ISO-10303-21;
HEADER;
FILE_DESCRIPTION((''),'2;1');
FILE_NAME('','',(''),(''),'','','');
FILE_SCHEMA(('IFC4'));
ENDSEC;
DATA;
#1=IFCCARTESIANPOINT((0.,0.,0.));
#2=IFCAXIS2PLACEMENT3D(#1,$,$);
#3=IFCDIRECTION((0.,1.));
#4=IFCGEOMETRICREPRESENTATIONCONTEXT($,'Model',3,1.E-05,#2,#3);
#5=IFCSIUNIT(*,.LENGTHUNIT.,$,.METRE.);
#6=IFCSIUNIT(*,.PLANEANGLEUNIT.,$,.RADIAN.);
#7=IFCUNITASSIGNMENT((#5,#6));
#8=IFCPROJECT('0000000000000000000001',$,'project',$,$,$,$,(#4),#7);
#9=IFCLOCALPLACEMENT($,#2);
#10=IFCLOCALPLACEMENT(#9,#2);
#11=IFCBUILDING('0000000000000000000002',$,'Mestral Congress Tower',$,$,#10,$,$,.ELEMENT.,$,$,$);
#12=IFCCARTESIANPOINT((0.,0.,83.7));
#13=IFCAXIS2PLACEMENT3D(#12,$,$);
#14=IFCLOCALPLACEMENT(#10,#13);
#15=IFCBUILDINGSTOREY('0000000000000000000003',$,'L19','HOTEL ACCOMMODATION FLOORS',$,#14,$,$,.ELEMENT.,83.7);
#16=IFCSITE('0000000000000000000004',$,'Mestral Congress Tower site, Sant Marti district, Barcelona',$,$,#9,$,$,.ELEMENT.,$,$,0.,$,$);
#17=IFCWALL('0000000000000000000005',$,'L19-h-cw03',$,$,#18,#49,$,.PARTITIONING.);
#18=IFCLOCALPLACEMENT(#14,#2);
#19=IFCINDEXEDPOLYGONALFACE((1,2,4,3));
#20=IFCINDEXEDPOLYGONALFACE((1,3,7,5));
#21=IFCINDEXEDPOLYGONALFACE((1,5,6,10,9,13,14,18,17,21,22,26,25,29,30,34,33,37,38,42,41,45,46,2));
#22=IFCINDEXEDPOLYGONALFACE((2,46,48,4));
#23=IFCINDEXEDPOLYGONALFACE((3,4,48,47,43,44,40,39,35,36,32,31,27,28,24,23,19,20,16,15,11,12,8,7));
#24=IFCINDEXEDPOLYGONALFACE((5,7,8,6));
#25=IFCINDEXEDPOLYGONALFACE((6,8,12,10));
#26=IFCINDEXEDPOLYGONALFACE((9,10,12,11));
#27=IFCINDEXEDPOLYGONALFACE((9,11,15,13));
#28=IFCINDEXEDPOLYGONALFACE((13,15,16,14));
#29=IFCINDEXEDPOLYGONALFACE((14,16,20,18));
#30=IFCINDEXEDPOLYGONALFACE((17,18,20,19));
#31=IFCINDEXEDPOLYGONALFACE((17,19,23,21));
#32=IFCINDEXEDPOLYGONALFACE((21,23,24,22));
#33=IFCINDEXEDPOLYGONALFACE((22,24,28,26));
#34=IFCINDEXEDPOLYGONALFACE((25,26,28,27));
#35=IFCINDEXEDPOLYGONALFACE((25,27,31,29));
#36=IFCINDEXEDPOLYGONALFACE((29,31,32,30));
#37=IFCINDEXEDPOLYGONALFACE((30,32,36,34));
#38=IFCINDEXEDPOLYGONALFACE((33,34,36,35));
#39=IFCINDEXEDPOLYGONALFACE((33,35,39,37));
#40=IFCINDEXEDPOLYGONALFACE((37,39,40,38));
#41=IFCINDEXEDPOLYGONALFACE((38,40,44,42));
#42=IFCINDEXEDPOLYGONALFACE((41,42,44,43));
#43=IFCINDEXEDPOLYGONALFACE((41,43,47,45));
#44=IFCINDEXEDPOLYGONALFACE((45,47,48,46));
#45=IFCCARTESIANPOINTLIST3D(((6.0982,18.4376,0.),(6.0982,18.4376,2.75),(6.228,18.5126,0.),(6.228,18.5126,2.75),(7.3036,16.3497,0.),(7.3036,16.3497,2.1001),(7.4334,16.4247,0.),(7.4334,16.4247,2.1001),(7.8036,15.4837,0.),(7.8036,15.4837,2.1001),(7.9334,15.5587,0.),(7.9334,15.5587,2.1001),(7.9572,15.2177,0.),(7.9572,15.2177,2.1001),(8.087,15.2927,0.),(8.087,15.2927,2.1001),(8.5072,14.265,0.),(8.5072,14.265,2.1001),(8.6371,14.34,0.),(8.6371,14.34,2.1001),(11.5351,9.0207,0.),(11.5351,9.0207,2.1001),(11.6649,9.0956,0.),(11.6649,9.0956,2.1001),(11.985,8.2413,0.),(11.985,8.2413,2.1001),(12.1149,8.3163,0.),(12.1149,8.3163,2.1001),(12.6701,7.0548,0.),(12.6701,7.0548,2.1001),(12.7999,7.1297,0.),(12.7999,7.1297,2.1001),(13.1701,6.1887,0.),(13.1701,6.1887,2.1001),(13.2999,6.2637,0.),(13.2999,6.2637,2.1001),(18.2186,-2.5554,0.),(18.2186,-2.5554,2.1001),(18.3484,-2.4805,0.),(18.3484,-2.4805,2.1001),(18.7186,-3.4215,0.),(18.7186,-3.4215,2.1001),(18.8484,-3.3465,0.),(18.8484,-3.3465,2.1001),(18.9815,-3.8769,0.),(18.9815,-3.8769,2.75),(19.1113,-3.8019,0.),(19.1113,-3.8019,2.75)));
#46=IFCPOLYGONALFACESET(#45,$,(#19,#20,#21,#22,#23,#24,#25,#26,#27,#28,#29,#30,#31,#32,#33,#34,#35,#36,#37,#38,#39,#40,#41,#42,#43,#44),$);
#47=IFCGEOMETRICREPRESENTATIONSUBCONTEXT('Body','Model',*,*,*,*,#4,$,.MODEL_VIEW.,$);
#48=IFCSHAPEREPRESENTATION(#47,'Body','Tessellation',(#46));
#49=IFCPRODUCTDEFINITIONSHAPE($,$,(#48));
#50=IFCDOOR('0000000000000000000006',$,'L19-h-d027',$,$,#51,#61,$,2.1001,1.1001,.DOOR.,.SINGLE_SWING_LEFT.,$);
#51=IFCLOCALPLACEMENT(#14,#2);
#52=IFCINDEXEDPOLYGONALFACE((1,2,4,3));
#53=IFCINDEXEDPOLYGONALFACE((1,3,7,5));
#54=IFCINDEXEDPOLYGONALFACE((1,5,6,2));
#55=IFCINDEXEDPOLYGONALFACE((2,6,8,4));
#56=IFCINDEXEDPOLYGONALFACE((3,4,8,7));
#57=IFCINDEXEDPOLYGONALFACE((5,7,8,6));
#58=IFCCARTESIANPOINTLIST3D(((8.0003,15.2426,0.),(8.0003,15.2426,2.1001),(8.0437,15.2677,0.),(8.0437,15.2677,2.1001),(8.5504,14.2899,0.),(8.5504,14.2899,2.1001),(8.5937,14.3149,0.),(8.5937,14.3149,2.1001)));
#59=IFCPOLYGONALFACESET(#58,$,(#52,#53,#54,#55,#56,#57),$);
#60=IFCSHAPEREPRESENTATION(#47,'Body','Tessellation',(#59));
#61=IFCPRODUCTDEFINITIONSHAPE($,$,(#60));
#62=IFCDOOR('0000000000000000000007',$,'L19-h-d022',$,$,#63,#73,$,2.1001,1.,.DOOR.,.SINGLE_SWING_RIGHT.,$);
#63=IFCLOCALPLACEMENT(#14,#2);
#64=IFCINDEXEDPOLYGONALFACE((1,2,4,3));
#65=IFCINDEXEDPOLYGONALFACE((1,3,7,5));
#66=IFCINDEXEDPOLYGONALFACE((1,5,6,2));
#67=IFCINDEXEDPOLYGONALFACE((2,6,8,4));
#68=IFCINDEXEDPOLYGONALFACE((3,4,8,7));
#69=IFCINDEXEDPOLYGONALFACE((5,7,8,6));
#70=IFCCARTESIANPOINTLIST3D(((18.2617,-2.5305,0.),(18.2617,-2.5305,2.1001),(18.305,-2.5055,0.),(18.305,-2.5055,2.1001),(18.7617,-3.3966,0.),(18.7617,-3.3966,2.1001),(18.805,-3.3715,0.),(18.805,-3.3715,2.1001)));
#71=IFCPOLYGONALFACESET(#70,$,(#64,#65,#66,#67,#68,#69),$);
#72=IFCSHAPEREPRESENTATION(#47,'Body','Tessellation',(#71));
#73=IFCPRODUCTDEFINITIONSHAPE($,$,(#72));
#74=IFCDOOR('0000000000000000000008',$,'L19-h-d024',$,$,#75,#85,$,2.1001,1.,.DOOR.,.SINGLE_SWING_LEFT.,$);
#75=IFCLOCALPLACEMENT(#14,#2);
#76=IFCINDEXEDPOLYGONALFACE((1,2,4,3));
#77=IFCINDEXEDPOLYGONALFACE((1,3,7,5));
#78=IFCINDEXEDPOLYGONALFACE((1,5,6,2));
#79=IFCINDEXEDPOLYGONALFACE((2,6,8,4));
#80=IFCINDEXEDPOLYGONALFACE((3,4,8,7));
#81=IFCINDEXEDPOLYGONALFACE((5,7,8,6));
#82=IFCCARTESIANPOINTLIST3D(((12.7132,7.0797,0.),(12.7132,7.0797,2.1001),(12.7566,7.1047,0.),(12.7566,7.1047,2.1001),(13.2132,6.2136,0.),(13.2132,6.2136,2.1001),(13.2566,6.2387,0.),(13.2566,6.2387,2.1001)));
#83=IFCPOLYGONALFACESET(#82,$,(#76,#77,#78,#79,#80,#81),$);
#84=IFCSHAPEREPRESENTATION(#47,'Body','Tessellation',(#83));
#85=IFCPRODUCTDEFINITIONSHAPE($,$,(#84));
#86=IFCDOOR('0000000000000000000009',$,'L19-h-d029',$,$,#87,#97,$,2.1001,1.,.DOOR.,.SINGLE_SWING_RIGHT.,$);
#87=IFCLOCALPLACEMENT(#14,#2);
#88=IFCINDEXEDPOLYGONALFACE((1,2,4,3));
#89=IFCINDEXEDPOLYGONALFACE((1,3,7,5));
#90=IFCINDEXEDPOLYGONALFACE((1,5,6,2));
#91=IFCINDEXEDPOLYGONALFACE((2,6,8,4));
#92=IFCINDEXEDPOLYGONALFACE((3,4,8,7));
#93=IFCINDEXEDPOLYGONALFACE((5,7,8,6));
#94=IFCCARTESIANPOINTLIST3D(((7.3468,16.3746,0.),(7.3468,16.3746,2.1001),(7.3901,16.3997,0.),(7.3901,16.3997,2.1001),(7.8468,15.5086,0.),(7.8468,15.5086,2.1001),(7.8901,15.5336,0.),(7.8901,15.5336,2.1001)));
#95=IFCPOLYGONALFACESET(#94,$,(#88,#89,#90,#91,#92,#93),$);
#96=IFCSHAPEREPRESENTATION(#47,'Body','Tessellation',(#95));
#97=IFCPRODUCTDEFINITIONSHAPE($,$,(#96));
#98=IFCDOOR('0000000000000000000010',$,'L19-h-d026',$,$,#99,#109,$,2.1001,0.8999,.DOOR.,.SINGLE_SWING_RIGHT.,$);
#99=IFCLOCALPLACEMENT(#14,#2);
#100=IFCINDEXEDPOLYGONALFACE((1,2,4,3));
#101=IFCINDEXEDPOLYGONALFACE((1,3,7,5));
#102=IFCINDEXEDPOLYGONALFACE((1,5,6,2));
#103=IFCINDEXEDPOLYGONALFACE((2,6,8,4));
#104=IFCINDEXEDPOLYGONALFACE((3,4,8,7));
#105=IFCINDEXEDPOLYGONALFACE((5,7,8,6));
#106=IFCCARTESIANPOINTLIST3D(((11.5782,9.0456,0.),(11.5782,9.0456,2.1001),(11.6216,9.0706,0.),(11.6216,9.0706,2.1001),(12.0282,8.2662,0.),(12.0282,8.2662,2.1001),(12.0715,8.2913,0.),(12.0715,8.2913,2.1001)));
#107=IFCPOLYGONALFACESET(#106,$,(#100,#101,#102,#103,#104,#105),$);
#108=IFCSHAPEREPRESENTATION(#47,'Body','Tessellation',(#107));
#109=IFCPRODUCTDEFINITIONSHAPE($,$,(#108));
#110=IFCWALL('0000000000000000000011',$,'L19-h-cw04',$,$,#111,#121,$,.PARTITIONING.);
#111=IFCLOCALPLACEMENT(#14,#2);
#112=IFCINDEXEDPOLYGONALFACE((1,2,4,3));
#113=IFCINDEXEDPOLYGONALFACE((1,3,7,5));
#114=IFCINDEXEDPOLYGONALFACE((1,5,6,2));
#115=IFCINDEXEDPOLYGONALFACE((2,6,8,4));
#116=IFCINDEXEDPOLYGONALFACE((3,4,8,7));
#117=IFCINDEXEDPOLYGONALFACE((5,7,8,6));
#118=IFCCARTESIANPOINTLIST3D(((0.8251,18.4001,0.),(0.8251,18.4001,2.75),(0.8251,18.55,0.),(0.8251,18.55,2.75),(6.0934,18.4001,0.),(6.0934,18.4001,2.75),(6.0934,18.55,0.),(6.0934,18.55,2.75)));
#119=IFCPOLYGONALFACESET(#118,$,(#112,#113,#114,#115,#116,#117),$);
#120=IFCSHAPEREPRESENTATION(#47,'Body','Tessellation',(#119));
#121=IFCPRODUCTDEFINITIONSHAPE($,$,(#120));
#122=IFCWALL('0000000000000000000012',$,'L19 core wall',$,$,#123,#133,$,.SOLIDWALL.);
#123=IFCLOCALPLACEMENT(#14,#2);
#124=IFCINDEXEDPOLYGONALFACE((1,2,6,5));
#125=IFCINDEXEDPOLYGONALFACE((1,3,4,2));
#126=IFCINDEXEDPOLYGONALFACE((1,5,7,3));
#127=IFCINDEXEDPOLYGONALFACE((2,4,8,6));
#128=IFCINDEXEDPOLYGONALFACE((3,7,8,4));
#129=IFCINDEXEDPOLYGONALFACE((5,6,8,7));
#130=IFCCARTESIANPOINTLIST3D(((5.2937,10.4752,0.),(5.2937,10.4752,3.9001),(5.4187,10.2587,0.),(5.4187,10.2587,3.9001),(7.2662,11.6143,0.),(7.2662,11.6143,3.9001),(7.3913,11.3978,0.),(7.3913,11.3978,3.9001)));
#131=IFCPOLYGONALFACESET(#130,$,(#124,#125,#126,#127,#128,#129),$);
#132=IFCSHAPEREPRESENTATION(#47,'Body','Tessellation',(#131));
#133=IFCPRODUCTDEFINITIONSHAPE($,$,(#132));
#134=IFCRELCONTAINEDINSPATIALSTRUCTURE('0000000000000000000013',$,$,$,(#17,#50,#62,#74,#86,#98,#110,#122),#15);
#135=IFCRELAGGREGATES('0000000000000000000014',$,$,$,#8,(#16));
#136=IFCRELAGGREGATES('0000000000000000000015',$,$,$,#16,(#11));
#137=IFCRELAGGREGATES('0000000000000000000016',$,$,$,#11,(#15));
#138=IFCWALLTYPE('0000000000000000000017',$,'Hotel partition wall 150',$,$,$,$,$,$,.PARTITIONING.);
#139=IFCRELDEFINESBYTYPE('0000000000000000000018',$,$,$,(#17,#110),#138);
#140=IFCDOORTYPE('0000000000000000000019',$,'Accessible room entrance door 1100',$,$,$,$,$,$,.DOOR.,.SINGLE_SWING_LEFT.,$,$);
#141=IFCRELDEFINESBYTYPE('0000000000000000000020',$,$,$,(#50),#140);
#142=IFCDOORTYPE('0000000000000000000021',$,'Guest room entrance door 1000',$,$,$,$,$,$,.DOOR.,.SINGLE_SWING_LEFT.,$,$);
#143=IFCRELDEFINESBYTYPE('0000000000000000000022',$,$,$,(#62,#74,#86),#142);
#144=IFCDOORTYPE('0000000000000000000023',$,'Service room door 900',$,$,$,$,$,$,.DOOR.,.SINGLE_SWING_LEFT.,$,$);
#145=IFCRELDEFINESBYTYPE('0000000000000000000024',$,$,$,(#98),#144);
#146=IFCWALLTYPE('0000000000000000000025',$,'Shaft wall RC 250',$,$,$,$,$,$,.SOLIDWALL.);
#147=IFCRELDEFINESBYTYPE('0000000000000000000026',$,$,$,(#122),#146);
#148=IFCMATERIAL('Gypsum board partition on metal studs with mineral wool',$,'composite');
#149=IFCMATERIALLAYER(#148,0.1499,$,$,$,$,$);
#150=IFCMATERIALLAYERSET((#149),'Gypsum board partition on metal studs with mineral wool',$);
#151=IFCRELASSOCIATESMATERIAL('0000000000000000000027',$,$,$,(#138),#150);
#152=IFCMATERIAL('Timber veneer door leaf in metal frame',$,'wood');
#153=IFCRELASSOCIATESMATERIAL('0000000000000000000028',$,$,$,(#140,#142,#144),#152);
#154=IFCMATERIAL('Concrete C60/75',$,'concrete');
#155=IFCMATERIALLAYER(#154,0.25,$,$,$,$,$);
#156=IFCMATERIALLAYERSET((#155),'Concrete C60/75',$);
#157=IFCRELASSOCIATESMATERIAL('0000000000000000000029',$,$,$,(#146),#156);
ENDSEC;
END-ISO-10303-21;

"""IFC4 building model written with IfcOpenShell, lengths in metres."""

from ifc_helpers import new_model, si_unit, direction, frame, frame_2d, origin, place, context, subcontext, project, spatial, rectangle, extrude, material, layer, layer_set, type_object, element, fill, save


model = new_model("IFC4")

# Units and contexts
model_context = context("Model", 3, precision=1e-05, world=origin(), true_north=direction((0.0, 1.0)))
body_context = subcontext(model_context, "Body", "Model", "MODEL_VIEW")
ifc_project = project(units=[si_unit("LENGTHUNIT", "METRE"), si_unit("PLANEANGLEUNIT", "RADIAN")], contexts=[model_context])

# Site, building, storey
site_placement = place(None, origin())
site = spatial("IfcSite", under=ifc_project, at=site_placement, Name="Mestral Congress Tower site, Sant Marti district, Barcelona", CompositionType="ELEMENT", RefElevation=0.0)
building_placement = place(site_placement, origin())
building = spatial("IfcBuilding", under=site, at=building_placement, Name="Mestral Congress Tower", CompositionType="ELEMENT")
storey_placement = place(building_placement, frame((0.0, 0.0, 83.7)))
storey = spatial("IfcBuildingStorey", under=building, at=storey_placement, Name="L19", Description="HOTEL ACCOMMODATION FLOORS", CompositionType="ELEMENT", Elevation=83.7)

# Shared definitions
ifc_material_1 = material(Name="Concrete C60/75", Category="concrete")

# Shared definitions
ifc_material_2 = material(Name="Gypsum board partition on metal studs with mineral wool", Category="composite")

# Wall, openings, doors
ifc_layer_1 = layer(ifc_material_2, 0.1499)
ifc_layer_set_1 = layer_set([ifc_layer_1], Name="Gypsum board partition on metal studs with mineral wool")
wall_type_1 = type_object("IfcWallType", Name="Hotel partition wall 150", PredefinedType="PARTITIONING", material=ifc_layer_set_1)
wall_1_placement = place(storey_placement, frame((6.1631, 18.4751, 0.0), z_axis=(0.0, 0.0, 1.0), x_axis=(0.500001, -0.866025, 0.0)))
wall_1 = element("IfcWall", 1, at=wall_1_placement, inside=storey, type_object=wall_type_1, Name="L19-h-cw03", PredefinedType="PARTITIONING", context=body_context, shape_type="SweptSolid", body=[
    extrude(rectangle(XDim=25.7666, YDim=0.1499, at=frame_2d((12.8833, 0.0))), origin(), (0.0, 0.0, 1.0), 2.75),
])
opening_1_placement = place(wall_1_placement, frame((24.2407, 0.0, 0.0)))
opening_1 = element("IfcOpeningElement", 2, at=opening_1_placement, cuts=wall_1, PredefinedType="OPENING", context=body_context, shape_type="SweptSolid", body=[
    extrude(rectangle(XDim=1.0, YDim=2.1001, at=frame_2d((0.5, 1.05))), frame((0.0, 0.085, 0.0), z_axis=(0.0, -1.0, 0.0), x_axis=(1.0, 0.0, 0.0)), (0.0, 0.0, 1.0), 0.1699),
])
opening_2_placement = place(wall_1_placement, frame((13.1438, 0.0, 0.0)))
opening_2 = element("IfcOpeningElement", 3, at=opening_2_placement, cuts=wall_1, PredefinedType="OPENING", context=body_context, shape_type="SweptSolid", body=[
    extrude(rectangle(XDim=1.0, YDim=2.1001, at=frame_2d((0.5, 1.05))), frame((0.0, 0.085, 0.0), z_axis=(0.0, -1.0, 0.0), x_axis=(1.0, 0.0, 0.0)), (0.0, 0.0, 1.0), 0.1699),
])
opening_3_placement = place(wall_1_placement, frame((10.8738, 0.0, 0.0)))
opening_3 = element("IfcOpeningElement", 4, at=opening_3_placement, cuts=wall_1, PredefinedType="OPENING", context=body_context, shape_type="SweptSolid", body=[
    extrude(rectangle(XDim=0.8999, YDim=2.1001, at=frame_2d((0.45, 1.05))), frame((0.0, 0.085, 0.0), z_axis=(0.0, -1.0, 0.0), x_axis=(1.0, 0.0, 0.0)), (0.0, 0.0, 1.0), 0.1699),
])
opening_4_placement = place(wall_1_placement, frame((3.718, 0.0, 0.0)))
opening_4 = element("IfcOpeningElement", 5, at=opening_4_placement, cuts=wall_1, PredefinedType="OPENING", context=body_context, shape_type="SweptSolid", body=[
    extrude(rectangle(XDim=1.1001, YDim=2.1001, at=frame_2d((0.55, 1.05))), frame((0.0, 0.085, 0.0), z_axis=(0.0, -1.0, 0.0), x_axis=(1.0, 0.0, 0.0)), (0.0, 0.0, 1.0), 0.1699),
])
opening_5_placement = place(wall_1_placement, frame((2.4109, 0.0, 0.0)))
opening_5 = element("IfcOpeningElement", 6, at=opening_5_placement, cuts=wall_1, PredefinedType="OPENING", context=body_context, shape_type="SweptSolid", body=[
    extrude(rectangle(XDim=1.0, YDim=2.1001, at=frame_2d((0.5, 1.05))), frame((0.0, 0.085, 0.0), z_axis=(0.0, -1.0, 0.0), x_axis=(1.0, 0.0, 0.0)), (0.0, 0.0, 1.0), 0.1699),
])
ifc_material_3 = material(Name="Timber veneer door leaf in metal frame", Category="wood")
door_type_1 = type_object("IfcDoorType", Name="Accessible room entrance door 1100", OperationType="SINGLE_SWING_LEFT", PredefinedType="DOOR", material=ifc_material_3)
door_1_placement = place(opening_4_placement, origin())
door_1 = element("IfcDoor", 7, at=door_1_placement, inside=storey, type_object=door_type_1, Name="L19-h-d027", OperationType="SINGLE_SWING_LEFT", OverallHeight=2.1001, OverallWidth=1.1001, PredefinedType="DOOR", context=body_context, shape_type="SweptSolid", body=[
    extrude(rectangle(XDim=1.1001, YDim=2.1001, at=frame_2d((0.55, 1.05))), frame((0.0, 0.0249, 0.0), z_axis=(0.0, -1.0, 0.0), x_axis=(1.0, 0.0, 0.0)), (0.0, 0.0, 1.0), 0.05),
])
fill(opening_4, door_1)
door_type_2 = type_object("IfcDoorType", Name="Guest room entrance door 1000", OperationType="SINGLE_SWING_LEFT", PredefinedType="DOOR", material=ifc_material_3)
door_2_placement = place(opening_1_placement, origin())
door_2 = element("IfcDoor", 8, at=door_2_placement, inside=storey, type_object=door_type_2, Name="L19-h-d022", OperationType="SINGLE_SWING_RIGHT", OverallHeight=2.1001, OverallWidth=1.0, PredefinedType="DOOR", context=body_context, shape_type="SweptSolid", body=[
    extrude(rectangle(XDim=1.0, YDim=2.1001, at=frame_2d((0.5, 1.05))), frame((0.0, 0.0249, 0.0), z_axis=(0.0, -1.0, 0.0), x_axis=(1.0, 0.0, 0.0)), (0.0, 0.0, 1.0), 0.05),
])
fill(opening_1, door_2)
door_3_placement = place(opening_2_placement, origin())
door_3 = element("IfcDoor", 9, at=door_3_placement, inside=storey, type_object=door_type_2, Name="L19-h-d024", OperationType="SINGLE_SWING_LEFT", OverallHeight=2.1001, OverallWidth=1.0, PredefinedType="DOOR", context=body_context, shape_type="SweptSolid", body=[
    extrude(rectangle(XDim=1.0, YDim=2.1001, at=frame_2d((0.5, 1.05))), frame((0.0, 0.0249, 0.0), z_axis=(0.0, -1.0, 0.0), x_axis=(1.0, 0.0, 0.0)), (0.0, 0.0, 1.0), 0.05),
])
fill(opening_2, door_3)
door_4_placement = place(opening_5_placement, origin())
door_4 = element("IfcDoor", 10, at=door_4_placement, inside=storey, type_object=door_type_2, Name="L19-h-d029", OperationType="SINGLE_SWING_RIGHT", OverallHeight=2.1001, OverallWidth=1.0, PredefinedType="DOOR", context=body_context, shape_type="SweptSolid", body=[
    extrude(rectangle(XDim=1.0, YDim=2.1001, at=frame_2d((0.5, 1.05))), frame((0.0, 0.0249, 0.0), z_axis=(0.0, -1.0, 0.0), x_axis=(1.0, 0.0, 0.0)), (0.0, 0.0, 1.0), 0.05),
])
fill(opening_5, door_4)
door_type_3 = type_object("IfcDoorType", Name="Service room door 900", OperationType="SINGLE_SWING_LEFT", PredefinedType="DOOR", material=ifc_material_3)
door_5_placement = place(opening_3_placement, origin())
door_5 = element("IfcDoor", 11, at=door_5_placement, inside=storey, type_object=door_type_3, Name="L19-h-d026", OperationType="SINGLE_SWING_RIGHT", OverallHeight=2.1001, OverallWidth=0.8999, PredefinedType="DOOR", context=body_context, shape_type="SweptSolid", body=[
    extrude(rectangle(XDim=0.8999, YDim=2.1001, at=frame_2d((0.45, 1.05))), frame((0.0, 0.0249, 0.0), z_axis=(0.0, -1.0, 0.0), x_axis=(1.0, 0.0, 0.0)), (0.0, 0.0, 1.0), 0.05),
])
fill(opening_3, door_5)

# Walls
wall_2_placement = place(storey_placement, frame((0.825, 18.4751, 0.0), z_axis=(0.0, 0.0, 1.0), x_axis=(1.0, 0.0, 0.0)))
element("IfcWall", 12, at=wall_2_placement, inside=storey, type_object=wall_type_1, Name="L19-h-cw04", PredefinedType="PARTITIONING", context=body_context, shape_type="SweptSolid", body=[
    extrude(rectangle(XDim=5.2683, YDim=0.1499, at=frame_2d((2.6343, 0.0))), origin(), (0.0, 0.0, 1.0), 2.75),
])
ifc_layer_2 = layer(ifc_material_1, 0.25)
ifc_layer_set_2 = layer_set([ifc_layer_2], Name="Concrete C60/75")
wall_type_2 = type_object("IfcWallType", Name="Shaft wall RC 250", PredefinedType="SOLIDWALL", material=ifc_layer_set_2)
wall_3_placement = place(storey_placement, frame((5.3562, 10.3669, 0.0), z_axis=(0.0, 0.0, 1.0), x_axis=(0.865979, 0.500081, 0.0)))
element("IfcWall", 13, at=wall_3_placement, inside=storey, type_object=wall_type_2, Name="L19 core wall", PredefinedType="SOLIDWALL", context=body_context, shape_type="SweptSolid", body=[
    extrude(rectangle(XDim=2.2778, YDim=0.25, at=frame_2d((1.1389, 0.0))), origin(), (0.0, 0.0, 1.0), 3.9001),
])

save(model, "model.ifc")
